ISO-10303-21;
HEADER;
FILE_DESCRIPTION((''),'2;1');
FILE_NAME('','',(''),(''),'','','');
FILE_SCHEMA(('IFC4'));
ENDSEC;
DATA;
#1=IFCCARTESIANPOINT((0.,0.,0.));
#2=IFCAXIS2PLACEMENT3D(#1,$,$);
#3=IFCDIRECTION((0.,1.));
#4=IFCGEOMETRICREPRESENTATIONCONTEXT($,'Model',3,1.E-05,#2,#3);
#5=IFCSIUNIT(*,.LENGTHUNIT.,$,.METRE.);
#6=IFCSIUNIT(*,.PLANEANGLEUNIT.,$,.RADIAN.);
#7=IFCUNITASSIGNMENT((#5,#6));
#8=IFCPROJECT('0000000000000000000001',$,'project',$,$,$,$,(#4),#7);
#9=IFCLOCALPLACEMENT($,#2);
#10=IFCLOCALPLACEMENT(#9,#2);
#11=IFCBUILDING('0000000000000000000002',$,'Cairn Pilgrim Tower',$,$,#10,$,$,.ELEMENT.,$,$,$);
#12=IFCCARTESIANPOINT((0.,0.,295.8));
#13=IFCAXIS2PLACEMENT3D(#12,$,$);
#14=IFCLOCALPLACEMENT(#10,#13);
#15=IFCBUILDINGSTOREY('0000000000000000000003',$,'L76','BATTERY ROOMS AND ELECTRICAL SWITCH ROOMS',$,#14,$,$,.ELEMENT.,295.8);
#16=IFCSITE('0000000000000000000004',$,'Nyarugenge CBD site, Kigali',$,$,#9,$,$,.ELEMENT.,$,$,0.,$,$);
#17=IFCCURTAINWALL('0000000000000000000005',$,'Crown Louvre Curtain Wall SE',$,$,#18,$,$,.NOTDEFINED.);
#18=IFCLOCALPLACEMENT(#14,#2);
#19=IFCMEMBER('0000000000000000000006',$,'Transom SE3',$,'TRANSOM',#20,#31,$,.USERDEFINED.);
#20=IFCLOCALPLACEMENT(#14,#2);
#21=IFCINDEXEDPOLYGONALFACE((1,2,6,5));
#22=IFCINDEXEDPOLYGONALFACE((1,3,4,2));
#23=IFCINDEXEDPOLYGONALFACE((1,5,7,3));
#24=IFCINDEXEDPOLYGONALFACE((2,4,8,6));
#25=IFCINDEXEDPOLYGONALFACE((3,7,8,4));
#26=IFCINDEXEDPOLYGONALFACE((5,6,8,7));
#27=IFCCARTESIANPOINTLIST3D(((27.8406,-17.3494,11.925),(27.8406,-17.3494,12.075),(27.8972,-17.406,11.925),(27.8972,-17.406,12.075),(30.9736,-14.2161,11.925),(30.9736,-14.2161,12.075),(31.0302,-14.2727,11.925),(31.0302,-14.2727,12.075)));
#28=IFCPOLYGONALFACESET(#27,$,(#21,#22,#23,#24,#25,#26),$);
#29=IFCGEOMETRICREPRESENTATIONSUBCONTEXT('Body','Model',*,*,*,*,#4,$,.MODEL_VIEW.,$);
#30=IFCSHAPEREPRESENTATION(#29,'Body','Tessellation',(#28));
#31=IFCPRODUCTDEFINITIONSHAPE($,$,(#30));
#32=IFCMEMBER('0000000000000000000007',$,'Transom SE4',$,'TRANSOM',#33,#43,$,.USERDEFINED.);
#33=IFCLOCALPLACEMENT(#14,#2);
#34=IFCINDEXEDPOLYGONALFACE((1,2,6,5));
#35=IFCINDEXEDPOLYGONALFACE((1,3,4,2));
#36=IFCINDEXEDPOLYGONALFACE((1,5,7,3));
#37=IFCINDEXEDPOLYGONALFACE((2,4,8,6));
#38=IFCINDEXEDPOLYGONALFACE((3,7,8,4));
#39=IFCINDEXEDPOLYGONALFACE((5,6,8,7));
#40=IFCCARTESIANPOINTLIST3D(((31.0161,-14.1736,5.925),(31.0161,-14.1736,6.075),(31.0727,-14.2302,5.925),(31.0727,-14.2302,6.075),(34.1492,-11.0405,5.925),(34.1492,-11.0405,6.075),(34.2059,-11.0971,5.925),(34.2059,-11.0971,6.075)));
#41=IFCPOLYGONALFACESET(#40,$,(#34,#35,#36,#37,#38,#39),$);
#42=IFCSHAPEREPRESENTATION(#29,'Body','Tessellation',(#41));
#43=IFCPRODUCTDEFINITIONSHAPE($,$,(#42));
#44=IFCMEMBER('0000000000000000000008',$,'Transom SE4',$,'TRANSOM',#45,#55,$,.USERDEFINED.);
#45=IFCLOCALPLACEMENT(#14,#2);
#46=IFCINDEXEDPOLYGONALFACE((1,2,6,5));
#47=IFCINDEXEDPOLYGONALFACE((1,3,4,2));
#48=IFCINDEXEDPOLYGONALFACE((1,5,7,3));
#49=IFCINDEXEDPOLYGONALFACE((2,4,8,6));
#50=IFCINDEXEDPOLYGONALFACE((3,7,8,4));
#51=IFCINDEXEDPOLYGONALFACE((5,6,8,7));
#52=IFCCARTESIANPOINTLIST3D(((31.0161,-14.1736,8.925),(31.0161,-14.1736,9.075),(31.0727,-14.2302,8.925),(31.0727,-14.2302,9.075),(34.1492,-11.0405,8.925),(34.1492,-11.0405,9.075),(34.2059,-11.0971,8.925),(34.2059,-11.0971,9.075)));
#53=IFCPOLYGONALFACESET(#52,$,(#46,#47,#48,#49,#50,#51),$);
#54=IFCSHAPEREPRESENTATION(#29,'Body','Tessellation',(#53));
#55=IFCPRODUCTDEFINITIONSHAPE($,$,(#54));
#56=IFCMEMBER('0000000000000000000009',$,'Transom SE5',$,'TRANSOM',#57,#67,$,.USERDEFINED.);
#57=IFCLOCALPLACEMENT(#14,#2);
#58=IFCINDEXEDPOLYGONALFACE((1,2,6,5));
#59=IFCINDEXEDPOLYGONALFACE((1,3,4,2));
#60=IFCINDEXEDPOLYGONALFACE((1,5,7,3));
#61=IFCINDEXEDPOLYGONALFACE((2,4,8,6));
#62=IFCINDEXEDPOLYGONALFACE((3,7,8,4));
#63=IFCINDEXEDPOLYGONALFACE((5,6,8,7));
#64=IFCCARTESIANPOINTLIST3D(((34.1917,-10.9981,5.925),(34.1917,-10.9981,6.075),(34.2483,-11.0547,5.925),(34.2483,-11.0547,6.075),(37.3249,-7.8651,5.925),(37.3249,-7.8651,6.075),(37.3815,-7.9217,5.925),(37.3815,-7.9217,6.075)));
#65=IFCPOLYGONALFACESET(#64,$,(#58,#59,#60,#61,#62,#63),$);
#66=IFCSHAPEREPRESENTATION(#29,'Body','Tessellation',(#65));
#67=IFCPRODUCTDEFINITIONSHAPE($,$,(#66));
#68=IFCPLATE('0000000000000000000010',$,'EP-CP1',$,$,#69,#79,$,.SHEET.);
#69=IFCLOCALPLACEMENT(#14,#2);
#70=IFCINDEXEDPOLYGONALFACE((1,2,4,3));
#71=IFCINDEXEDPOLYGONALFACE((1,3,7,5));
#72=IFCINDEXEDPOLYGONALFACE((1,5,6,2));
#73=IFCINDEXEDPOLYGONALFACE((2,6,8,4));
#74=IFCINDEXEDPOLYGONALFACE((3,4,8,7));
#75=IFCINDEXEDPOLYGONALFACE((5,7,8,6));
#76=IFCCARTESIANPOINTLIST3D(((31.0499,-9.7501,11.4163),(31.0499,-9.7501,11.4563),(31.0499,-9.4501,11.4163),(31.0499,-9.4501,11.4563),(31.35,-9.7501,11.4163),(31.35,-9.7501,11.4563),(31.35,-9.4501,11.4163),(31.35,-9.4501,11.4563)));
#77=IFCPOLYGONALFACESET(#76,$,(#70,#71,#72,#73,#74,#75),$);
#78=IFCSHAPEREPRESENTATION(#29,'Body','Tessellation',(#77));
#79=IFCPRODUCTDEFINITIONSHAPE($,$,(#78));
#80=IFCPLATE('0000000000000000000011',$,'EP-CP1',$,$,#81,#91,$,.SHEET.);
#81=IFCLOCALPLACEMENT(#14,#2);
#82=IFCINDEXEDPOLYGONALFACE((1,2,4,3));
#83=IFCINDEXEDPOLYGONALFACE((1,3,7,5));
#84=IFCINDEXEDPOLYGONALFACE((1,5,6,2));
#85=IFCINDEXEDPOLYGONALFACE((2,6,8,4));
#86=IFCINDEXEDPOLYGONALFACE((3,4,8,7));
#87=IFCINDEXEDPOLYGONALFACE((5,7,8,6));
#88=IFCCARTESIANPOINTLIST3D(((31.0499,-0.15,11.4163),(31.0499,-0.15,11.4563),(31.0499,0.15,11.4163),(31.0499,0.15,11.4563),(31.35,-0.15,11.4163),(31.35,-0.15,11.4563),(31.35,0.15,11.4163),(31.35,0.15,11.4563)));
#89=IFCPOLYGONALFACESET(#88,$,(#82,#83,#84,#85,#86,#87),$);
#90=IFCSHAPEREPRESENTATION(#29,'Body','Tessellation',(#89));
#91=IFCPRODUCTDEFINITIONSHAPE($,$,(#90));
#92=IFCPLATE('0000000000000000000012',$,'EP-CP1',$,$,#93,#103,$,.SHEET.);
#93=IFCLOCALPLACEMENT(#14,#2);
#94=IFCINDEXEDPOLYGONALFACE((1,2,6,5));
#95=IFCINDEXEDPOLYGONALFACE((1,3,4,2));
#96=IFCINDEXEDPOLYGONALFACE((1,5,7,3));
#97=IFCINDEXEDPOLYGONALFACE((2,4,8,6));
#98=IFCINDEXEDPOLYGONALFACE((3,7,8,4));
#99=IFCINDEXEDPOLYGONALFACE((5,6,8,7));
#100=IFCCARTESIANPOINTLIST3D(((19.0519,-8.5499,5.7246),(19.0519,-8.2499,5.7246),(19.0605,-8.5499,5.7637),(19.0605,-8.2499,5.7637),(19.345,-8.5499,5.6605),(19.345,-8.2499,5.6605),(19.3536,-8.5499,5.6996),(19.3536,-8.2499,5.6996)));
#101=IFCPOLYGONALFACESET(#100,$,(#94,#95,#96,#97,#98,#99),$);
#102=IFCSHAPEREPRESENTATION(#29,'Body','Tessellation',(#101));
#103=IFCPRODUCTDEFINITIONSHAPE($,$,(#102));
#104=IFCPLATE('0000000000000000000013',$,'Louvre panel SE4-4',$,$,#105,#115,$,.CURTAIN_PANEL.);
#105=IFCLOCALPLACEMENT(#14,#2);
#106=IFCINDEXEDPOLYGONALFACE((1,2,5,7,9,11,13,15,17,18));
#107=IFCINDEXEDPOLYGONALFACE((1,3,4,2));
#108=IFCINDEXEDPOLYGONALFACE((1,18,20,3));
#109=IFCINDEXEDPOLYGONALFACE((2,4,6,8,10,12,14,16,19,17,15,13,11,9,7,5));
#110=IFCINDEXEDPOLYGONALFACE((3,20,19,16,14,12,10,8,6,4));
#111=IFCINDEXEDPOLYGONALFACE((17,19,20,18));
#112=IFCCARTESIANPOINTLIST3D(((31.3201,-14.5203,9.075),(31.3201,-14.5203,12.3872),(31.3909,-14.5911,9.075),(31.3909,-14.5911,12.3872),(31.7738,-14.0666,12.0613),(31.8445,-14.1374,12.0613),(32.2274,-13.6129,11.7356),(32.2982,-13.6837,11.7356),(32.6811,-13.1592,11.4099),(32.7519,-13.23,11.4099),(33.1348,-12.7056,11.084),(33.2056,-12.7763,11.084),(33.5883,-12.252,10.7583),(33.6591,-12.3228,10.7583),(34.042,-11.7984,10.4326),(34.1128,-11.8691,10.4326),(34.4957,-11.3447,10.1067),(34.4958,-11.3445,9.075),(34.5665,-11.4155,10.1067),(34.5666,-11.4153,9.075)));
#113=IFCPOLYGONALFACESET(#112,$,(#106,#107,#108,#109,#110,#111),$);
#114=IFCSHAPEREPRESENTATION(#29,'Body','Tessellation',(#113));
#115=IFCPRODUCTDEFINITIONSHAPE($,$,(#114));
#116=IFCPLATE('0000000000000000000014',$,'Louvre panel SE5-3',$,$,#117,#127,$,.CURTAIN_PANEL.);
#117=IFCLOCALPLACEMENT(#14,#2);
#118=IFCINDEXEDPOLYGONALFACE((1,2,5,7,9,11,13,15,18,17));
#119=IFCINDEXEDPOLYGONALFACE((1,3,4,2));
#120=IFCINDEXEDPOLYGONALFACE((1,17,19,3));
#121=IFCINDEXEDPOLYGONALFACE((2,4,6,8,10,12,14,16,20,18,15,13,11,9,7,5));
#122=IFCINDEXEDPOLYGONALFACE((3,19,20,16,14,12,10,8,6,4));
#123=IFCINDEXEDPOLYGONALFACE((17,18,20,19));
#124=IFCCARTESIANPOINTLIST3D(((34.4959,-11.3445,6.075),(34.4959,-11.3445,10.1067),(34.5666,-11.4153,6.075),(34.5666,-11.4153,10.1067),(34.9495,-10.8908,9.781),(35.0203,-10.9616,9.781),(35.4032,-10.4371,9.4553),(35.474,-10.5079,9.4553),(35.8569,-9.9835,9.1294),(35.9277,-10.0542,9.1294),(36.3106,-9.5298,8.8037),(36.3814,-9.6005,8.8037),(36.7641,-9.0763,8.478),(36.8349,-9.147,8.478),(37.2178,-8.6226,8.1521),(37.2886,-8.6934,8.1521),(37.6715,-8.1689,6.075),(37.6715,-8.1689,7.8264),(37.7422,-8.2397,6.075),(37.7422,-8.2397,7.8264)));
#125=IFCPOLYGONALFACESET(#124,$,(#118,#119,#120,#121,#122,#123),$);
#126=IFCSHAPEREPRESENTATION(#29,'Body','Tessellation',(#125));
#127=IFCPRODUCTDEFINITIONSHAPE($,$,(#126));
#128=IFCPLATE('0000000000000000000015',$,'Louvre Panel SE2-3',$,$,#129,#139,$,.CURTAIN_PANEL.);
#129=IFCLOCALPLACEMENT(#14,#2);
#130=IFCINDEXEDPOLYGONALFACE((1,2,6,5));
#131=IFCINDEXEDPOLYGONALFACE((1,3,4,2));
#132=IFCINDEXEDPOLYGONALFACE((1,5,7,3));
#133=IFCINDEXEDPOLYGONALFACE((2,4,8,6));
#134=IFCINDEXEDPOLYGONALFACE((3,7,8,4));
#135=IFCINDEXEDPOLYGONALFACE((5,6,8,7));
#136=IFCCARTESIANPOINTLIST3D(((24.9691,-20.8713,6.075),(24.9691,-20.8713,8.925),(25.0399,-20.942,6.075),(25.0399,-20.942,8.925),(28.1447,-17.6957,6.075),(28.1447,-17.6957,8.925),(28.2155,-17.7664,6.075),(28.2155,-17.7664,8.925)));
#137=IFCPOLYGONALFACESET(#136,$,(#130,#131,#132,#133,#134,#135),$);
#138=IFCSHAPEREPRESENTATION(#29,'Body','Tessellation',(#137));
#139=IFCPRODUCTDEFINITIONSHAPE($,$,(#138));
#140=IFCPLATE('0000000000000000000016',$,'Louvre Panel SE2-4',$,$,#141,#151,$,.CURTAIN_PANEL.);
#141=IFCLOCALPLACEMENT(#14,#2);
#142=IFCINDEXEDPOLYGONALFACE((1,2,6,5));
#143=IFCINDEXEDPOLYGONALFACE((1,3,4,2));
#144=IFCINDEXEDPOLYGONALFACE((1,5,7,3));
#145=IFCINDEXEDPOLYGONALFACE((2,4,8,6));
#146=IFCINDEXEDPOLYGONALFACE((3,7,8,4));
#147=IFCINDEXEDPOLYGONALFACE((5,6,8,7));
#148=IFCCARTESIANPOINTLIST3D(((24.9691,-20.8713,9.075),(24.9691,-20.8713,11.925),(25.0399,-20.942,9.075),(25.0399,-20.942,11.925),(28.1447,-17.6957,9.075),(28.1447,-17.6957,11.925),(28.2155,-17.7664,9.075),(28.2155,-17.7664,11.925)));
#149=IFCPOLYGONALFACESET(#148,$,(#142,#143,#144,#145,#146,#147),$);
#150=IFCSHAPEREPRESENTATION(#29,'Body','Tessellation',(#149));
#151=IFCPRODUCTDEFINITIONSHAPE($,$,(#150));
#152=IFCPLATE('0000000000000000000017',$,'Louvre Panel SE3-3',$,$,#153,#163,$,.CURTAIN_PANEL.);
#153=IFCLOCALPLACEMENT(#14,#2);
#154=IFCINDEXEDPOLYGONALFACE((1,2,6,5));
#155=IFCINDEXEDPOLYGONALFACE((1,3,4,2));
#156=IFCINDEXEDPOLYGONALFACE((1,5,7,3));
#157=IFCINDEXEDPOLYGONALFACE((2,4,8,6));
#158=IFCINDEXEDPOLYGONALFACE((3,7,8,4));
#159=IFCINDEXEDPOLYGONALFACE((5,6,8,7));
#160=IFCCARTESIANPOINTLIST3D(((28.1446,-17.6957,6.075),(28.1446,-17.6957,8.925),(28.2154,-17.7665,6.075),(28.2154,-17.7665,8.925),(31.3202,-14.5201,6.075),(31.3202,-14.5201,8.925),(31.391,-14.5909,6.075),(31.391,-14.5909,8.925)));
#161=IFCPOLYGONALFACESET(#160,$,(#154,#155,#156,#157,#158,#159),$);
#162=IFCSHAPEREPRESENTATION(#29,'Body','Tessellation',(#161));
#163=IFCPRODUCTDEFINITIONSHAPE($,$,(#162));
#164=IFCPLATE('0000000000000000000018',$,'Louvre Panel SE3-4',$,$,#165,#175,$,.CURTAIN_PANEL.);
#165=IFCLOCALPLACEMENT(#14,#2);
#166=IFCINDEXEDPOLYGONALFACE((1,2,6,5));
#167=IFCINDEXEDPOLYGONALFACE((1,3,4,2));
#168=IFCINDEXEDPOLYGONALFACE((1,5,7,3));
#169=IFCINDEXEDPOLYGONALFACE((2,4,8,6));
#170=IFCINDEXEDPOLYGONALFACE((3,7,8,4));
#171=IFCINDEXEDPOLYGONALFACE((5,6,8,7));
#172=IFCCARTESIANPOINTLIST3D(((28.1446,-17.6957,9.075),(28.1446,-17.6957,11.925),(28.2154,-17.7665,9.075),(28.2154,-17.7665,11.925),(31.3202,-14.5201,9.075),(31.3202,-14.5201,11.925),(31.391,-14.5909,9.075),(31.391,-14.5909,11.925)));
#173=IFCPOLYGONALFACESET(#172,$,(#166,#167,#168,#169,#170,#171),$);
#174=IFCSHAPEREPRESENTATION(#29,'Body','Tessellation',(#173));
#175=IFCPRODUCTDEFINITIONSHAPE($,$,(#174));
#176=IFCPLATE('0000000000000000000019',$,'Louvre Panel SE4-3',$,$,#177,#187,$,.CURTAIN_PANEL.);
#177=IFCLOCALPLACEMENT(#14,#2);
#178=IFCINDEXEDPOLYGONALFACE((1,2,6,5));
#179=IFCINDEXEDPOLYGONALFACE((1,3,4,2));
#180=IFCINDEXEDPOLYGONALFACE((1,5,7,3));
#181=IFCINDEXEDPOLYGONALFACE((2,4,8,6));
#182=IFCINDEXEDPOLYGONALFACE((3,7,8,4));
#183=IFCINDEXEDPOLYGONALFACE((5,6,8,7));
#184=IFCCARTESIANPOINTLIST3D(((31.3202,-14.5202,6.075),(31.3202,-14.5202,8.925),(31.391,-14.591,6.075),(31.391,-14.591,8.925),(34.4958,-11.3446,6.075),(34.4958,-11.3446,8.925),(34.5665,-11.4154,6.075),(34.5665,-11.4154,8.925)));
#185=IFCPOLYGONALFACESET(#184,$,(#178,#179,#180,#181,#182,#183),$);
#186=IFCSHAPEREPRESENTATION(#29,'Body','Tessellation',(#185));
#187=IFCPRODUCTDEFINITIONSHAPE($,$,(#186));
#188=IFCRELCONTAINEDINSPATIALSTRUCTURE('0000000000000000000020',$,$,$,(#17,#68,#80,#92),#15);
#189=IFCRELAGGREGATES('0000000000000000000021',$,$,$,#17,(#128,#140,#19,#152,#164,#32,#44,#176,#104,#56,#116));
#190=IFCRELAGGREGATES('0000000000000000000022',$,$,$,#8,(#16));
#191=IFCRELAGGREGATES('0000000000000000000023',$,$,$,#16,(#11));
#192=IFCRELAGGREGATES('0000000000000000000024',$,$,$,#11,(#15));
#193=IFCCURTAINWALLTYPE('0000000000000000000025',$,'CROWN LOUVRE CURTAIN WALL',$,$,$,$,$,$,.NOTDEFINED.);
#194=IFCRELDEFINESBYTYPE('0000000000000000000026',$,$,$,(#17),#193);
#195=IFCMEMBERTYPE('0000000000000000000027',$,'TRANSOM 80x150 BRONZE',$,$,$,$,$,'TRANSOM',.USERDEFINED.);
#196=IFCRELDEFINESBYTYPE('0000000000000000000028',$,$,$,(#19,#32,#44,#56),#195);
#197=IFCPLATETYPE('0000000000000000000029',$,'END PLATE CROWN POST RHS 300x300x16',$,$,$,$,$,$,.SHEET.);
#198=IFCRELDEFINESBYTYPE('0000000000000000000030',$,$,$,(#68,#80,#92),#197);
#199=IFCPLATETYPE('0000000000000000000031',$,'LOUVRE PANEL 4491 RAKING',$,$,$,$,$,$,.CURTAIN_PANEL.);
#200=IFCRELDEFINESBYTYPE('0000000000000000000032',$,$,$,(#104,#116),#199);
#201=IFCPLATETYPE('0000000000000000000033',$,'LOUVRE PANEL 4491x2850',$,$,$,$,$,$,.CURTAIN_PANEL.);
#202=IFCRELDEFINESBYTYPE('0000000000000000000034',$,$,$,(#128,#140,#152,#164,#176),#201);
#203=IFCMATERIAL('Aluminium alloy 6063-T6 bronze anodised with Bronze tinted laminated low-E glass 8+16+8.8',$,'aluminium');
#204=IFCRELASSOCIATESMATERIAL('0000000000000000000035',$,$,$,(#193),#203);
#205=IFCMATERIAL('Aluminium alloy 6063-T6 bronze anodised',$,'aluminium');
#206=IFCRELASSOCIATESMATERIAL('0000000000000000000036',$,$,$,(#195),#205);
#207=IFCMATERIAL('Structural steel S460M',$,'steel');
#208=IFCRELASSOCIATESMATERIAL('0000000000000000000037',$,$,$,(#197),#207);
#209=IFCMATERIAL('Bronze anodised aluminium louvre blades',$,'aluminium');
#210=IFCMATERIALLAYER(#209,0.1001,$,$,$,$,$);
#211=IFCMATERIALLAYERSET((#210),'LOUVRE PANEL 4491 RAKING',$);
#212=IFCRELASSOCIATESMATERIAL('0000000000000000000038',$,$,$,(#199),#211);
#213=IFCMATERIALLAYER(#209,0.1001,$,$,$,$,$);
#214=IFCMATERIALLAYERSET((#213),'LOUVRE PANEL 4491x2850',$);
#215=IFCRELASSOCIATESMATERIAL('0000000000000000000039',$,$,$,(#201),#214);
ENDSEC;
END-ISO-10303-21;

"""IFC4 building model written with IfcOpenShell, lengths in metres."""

from ifc_helpers import new_model, si_unit, direction, frame, origin, origin_2d, place, context, subcontext, project, spatial, polyline, rectangle, outline, extrude, material, layer, layer_set, material_profile, profile_set, type_object, element, aggregate, save


model = new_model("IFC4")

# Units and contexts
model_context = context("Model", 3, precision=1e-05, world=origin(), true_north=direction((0.0, 1.0)))
body_context = subcontext(model_context, "Body", "Model", "MODEL_VIEW")
ifc_project = project(units=[si_unit("LENGTHUNIT", "METRE"), si_unit("PLANEANGLEUNIT", "RADIAN")], contexts=[model_context])

# Site, building, storey
site_placement = place(None, origin())
site = spatial("IfcSite", under=ifc_project, at=site_placement, Name="Nyarugenge CBD site, Kigali", CompositionType="ELEMENT", RefElevation=0.0)
building_placement = place(site_placement, origin())
building = spatial("IfcBuilding", under=site, at=building_placement, Name="Cairn Pilgrim Tower", CompositionType="ELEMENT")
storey_placement = place(building_placement, frame((0.0, 0.0, 295.8)))
storey = spatial("IfcBuildingStorey", under=building, at=storey_placement, Name="L76", Description="BATTERY ROOMS AND ELECTRICAL SWITCH ROOMS", CompositionType="ELEMENT", Elevation=295.8)

# Shared definitions
ifc_material_1 = material(Name="Structural steel S460M", Category="steel")

# Curtain wall, members
ifc_material_2 = material(Name="Aluminium alloy 6063-T6 bronze anodised with Bronze tinted laminated low-E glass 8+16+8.8", Category="aluminium")
curtain_wall_type = type_object("IfcCurtainWallType", Name="CROWN LOUVRE CURTAIN WALL", PredefinedType="NOTDEFINED", material=ifc_material_2)
ifc_material_3 = material(Name="Aluminium alloy 6063-T6 bronze anodised", Category="aluminium")
ifc_material_profile_1 = material_profile(ifc_material_3, rectangle(XDim=0.0801, YDim=0.1499, at=origin_2d()), Name="TRANSOM 80x150 BRONZE")
ifc_profile_set_1 = profile_set([ifc_material_profile_1], Name="Aluminium alloy 6063-T6 bronze anodised")
member_type = type_object("IfcMemberType", Name="TRANSOM 80x150 BRONZE", ElementType="TRANSOM", PredefinedType="USERDEFINED", material=ifc_profile_set_1)
curtain_wall_1_placement = place(storey_placement, origin())
curtain_wall_1 = element("IfcCurtainWall", 1, at=curtain_wall_1_placement, inside=storey, type_object=curtain_wall_type, Name="Crown Louvre Curtain Wall SE", PredefinedType="NOTDEFINED")
member_1_placement = place(storey_placement, frame((27.8689, -17.3777, 12.0), z_axis=(0.707079, 0.707134, 0.0), x_axis=(-0.707134, 0.707079, 0.0)))
member_1 = element("IfcMember", 2, at=member_1_placement, type_object=member_type, Name="Transom SE3", ObjectType="TRANSOM", PredefinedType="USERDEFINED", context=body_context, shape_type="SweptSolid", body=[
    extrude(rectangle(XDim=0.0801, YDim=0.1499, at=origin_2d()), origin(), (0.0, 0.0, 1.0), 4.4309),
])
member_2_placement = place(storey_placement, frame((31.0444, -14.2019, 6.0), z_axis=(0.707107, 0.707107, 0.0), x_axis=(-0.707107, 0.707107, 0.0)))
member_2 = element("IfcMember", 3, at=member_2_placement, type_object=member_type, Name="Transom SE4", ObjectType="TRANSOM", PredefinedType="USERDEFINED", context=body_context, shape_type="SweptSolid", body=[
    extrude(rectangle(XDim=0.0801, YDim=0.1499, at=origin_2d()), origin(), (0.0, 0.0, 1.0), 4.4309),
])
member_3_placement = place(storey_placement, frame((31.0444, -14.2019, 9.0), z_axis=(0.707107, 0.707107, 0.0), x_axis=(-0.707107, 0.707107, 0.0)))
member_3 = element("IfcMember", 4, at=member_3_placement, type_object=member_type, Name="Transom SE4", ObjectType="TRANSOM", PredefinedType="USERDEFINED", context=body_context, shape_type="SweptSolid", body=[
    extrude(rectangle(XDim=0.0801, YDim=0.1499, at=origin_2d()), origin(), (0.0, 0.0, 1.0), 4.4309),
])
member_4_placement = place(storey_placement, frame((34.22, -11.0264, 6.0), z_axis=(0.707134, 0.707079, 0.0), x_axis=(-0.707079, 0.707134, 0.0)))
member_4 = element("IfcMember", 5, at=member_4_placement, type_object=member_type, Name="Transom SE5", ObjectType="TRANSOM", PredefinedType="USERDEFINED", context=body_context, shape_type="SweptSolid", body=[
    extrude(rectangle(XDim=0.0801, YDim=0.1499, at=origin_2d()), origin(), (0.0, 0.0, 1.0), 4.4309),
])

# Plates
ifc_material_profile_2 = material_profile(ifc_material_1, rectangle(XDim=0.3, YDim=0.3, at=origin_2d()), Name="END PLATE CROWN POST RHS 300x300x16")
ifc_profile_set_2 = profile_set([ifc_material_profile_2], Name="Structural steel S460M")
plate_type_1 = type_object("IfcPlateType", Name="END PLATE CROWN POST RHS 300x300x16", PredefinedType="SHEET", material=ifc_profile_set_2)
for number, where, z_axis, x_axis, name in (
    (6, (31.2, -9.6001, 11.4163), (0.0, 0.0, 1.0), (1.0, 0.0, 0.0), "EP-CP1"),
    (7, (31.2, 0.0, 11.4163), (0.0, 0.0, 1.0), (1.0, 0.0, 0.0), "EP-CP1"),
    (8, (19.207, -8.3999, 5.7317), (-0.213697, 0.0, -0.9769), (0.0, -1.0, 0.0), "EP-CP1"),
):
    element("IfcPlate", number, at=place(storey_placement, frame(where, z_axis=z_axis, x_axis=x_axis)), inside=storey, type_object=plate_type_1, Name=name, PredefinedType="SHEET", context=body_context, shape_type="SweptSolid", body=[
        extrude(rectangle(XDim=0.3, YDim=0.3, at=origin_2d()), origin(), (0.0, 0.0, 1.0), 0.04),
    ])

# Plates
ifc_material_4 = material(Name="Bronze anodised aluminium louvre blades", Category="aluminium")
ifc_layer_1 = layer(ifc_material_4, 0.1001)
ifc_layer_set_1 = layer_set([ifc_layer_1], Name="LOUVRE PANEL 4491 RAKING")
plate_type_2 = type_object("IfcPlateType", Name="LOUVRE PANEL 4491 RAKING", PredefinedType="CURTAIN_PANEL", material=ifc_layer_set_1)
plate_1_placement = place(storey_placement, frame((31.3555, -14.5557, 9.075), z_axis=(0.0, 0.0, 1.0), x_axis=(0.707107, 0.707107, 0.0)))
plate_1 = element("IfcPlate", 9, at=plate_1_placement, type_object=plate_type_2, Name="Louvre panel SE4-4", PredefinedType="CURTAIN_PANEL", context=body_context, shape_type="SweptSolid", body=[
    extrude(outline(polyline([(0.0, 0.0), (4.4912, 0.0), (4.491, 1.0317), (3.8494, 1.3577), (3.2078, 1.6833), (2.5664, 2.009), (1.9248, 2.335), (1.2832, 2.6606), (0.6416, 2.9863), (0.0, 3.3123), (0.0, 0.0)])), frame((0.0, 0.05, 0.0), z_axis=(0.0, -1.0, 0.0), x_axis=(1.0, 0.0, 0.0)), (0.0, 0.0, 1.0), 0.1001),
])
plate_2_placement = place(storey_placement, frame((34.5312, -11.3799, 6.075), z_axis=(0.0, 0.0, 1.0), x_axis=(0.707107, 0.707107, 0.0)))
plate_2 = element("IfcPlate", 10, at=plate_2_placement, type_object=plate_type_2, Name="Louvre panel SE5-3", PredefinedType="CURTAIN_PANEL", context=body_context, shape_type="SweptSolid", body=[
    extrude(outline(polyline([(0.0, 0.0), (4.491, 0.0), (4.491, 1.7515), (3.8494, 2.0771), (3.2078, 2.4031), (2.5664, 2.7288), (1.9248, 3.0544), (1.2832, 3.3804), (0.6416, 3.7061), (0.0, 4.0317), (0.0, 0.0)])), frame((0.0, 0.05, 0.0), z_axis=(0.0, -1.0, 0.0), x_axis=(1.0, 0.0, 0.0)), (0.0, 0.0, 1.0), 0.1001),
])
ifc_layer_2 = layer(ifc_material_4, 0.1001)
ifc_layer_set_2 = layer_set([ifc_layer_2], Name="LOUVRE PANEL 4491x2850")
plate_type_3 = type_object("IfcPlateType", Name="LOUVRE PANEL 4491x2850", PredefinedType="CURTAIN_PANEL", material=ifc_layer_set_2)
plate_3_placement = place(storey_placement, frame((26.5923, -19.3188, 6.075), z_axis=(0.0, 0.0, 1.0), x_axis=(0.707107, 0.707107, 0.0)))
plate_3 = element("IfcPlate", 11, at=plate_3_placement, type_object=plate_type_3, Name="Louvre Panel SE2-3", PredefinedType="CURTAIN_PANEL", context=body_context, shape_type="SweptSolid", body=[
    extrude(rectangle(XDim=4.491, YDim=0.1001, at=origin_2d()), origin(), (0.0, 0.0, 1.0), 2.8501),
])
plate_4_placement = place(storey_placement, frame((26.5923, -19.3188, 9.075), z_axis=(0.0, 0.0, 1.0), x_axis=(0.707107, 0.707107, 0.0)))
plate_4 = element("IfcPlate", 12, at=plate_4_placement, type_object=plate_type_3, Name="Louvre Panel SE2-4", PredefinedType="CURTAIN_PANEL", context=body_context, shape_type="SweptSolid", body=[
    extrude(rectangle(XDim=4.491, YDim=0.1001, at=origin_2d()), origin(), (0.0, 0.0, 1.0), 2.8501),
])
plate_5_placement = place(storey_placement, frame((29.7678, -16.1433, 6.075), z_axis=(0.0, 0.0, 1.0), x_axis=(0.707107, 0.707107, 0.0)))
plate_5 = element("IfcPlate", 13, at=plate_5_placement, type_object=plate_type_3, Name="Louvre Panel SE3-3", PredefinedType="CURTAIN_PANEL", context=body_context, shape_type="SweptSolid", body=[
    extrude(rectangle(XDim=4.491, YDim=0.1001, at=origin_2d()), origin(), (0.0, 0.0, 1.0), 2.8501),
])
plate_6_placement = place(storey_placement, frame((29.7678, -16.1433, 9.075), z_axis=(0.0, 0.0, 1.0), x_axis=(0.707107, 0.707107, 0.0)))
plate_6 = element("IfcPlate", 14, at=plate_6_placement, type_object=plate_type_3, Name="Louvre Panel SE3-4", PredefinedType="CURTAIN_PANEL", context=body_context, shape_type="SweptSolid", body=[
    extrude(rectangle(XDim=4.491, YDim=0.1001, at=origin_2d()), origin(), (0.0, 0.0, 1.0), 2.8501),
])
plate_7_placement = place(storey_placement, frame((32.9434, -12.9678, 6.075), z_axis=(0.0, 0.0, 1.0), x_axis=(0.707107, 0.707107, 0.0)))
plate_7 = element("IfcPlate", 15, at=plate_7_placement, type_object=plate_type_3, Name="Louvre Panel SE4-3", PredefinedType="CURTAIN_PANEL", context=body_context, shape_type="SweptSolid", body=[
    extrude(rectangle(XDim=4.491, YDim=0.1001, at=origin_2d()), origin(), (0.0, 0.0, 1.0), 2.8501),
])
aggregate(curtain_wall_1, [plate_3, plate_4, member_1, plate_5, plate_6, member_2, member_3, plate_7, plate_1, member_4, plate_2])

save(model, "model.ifc")
